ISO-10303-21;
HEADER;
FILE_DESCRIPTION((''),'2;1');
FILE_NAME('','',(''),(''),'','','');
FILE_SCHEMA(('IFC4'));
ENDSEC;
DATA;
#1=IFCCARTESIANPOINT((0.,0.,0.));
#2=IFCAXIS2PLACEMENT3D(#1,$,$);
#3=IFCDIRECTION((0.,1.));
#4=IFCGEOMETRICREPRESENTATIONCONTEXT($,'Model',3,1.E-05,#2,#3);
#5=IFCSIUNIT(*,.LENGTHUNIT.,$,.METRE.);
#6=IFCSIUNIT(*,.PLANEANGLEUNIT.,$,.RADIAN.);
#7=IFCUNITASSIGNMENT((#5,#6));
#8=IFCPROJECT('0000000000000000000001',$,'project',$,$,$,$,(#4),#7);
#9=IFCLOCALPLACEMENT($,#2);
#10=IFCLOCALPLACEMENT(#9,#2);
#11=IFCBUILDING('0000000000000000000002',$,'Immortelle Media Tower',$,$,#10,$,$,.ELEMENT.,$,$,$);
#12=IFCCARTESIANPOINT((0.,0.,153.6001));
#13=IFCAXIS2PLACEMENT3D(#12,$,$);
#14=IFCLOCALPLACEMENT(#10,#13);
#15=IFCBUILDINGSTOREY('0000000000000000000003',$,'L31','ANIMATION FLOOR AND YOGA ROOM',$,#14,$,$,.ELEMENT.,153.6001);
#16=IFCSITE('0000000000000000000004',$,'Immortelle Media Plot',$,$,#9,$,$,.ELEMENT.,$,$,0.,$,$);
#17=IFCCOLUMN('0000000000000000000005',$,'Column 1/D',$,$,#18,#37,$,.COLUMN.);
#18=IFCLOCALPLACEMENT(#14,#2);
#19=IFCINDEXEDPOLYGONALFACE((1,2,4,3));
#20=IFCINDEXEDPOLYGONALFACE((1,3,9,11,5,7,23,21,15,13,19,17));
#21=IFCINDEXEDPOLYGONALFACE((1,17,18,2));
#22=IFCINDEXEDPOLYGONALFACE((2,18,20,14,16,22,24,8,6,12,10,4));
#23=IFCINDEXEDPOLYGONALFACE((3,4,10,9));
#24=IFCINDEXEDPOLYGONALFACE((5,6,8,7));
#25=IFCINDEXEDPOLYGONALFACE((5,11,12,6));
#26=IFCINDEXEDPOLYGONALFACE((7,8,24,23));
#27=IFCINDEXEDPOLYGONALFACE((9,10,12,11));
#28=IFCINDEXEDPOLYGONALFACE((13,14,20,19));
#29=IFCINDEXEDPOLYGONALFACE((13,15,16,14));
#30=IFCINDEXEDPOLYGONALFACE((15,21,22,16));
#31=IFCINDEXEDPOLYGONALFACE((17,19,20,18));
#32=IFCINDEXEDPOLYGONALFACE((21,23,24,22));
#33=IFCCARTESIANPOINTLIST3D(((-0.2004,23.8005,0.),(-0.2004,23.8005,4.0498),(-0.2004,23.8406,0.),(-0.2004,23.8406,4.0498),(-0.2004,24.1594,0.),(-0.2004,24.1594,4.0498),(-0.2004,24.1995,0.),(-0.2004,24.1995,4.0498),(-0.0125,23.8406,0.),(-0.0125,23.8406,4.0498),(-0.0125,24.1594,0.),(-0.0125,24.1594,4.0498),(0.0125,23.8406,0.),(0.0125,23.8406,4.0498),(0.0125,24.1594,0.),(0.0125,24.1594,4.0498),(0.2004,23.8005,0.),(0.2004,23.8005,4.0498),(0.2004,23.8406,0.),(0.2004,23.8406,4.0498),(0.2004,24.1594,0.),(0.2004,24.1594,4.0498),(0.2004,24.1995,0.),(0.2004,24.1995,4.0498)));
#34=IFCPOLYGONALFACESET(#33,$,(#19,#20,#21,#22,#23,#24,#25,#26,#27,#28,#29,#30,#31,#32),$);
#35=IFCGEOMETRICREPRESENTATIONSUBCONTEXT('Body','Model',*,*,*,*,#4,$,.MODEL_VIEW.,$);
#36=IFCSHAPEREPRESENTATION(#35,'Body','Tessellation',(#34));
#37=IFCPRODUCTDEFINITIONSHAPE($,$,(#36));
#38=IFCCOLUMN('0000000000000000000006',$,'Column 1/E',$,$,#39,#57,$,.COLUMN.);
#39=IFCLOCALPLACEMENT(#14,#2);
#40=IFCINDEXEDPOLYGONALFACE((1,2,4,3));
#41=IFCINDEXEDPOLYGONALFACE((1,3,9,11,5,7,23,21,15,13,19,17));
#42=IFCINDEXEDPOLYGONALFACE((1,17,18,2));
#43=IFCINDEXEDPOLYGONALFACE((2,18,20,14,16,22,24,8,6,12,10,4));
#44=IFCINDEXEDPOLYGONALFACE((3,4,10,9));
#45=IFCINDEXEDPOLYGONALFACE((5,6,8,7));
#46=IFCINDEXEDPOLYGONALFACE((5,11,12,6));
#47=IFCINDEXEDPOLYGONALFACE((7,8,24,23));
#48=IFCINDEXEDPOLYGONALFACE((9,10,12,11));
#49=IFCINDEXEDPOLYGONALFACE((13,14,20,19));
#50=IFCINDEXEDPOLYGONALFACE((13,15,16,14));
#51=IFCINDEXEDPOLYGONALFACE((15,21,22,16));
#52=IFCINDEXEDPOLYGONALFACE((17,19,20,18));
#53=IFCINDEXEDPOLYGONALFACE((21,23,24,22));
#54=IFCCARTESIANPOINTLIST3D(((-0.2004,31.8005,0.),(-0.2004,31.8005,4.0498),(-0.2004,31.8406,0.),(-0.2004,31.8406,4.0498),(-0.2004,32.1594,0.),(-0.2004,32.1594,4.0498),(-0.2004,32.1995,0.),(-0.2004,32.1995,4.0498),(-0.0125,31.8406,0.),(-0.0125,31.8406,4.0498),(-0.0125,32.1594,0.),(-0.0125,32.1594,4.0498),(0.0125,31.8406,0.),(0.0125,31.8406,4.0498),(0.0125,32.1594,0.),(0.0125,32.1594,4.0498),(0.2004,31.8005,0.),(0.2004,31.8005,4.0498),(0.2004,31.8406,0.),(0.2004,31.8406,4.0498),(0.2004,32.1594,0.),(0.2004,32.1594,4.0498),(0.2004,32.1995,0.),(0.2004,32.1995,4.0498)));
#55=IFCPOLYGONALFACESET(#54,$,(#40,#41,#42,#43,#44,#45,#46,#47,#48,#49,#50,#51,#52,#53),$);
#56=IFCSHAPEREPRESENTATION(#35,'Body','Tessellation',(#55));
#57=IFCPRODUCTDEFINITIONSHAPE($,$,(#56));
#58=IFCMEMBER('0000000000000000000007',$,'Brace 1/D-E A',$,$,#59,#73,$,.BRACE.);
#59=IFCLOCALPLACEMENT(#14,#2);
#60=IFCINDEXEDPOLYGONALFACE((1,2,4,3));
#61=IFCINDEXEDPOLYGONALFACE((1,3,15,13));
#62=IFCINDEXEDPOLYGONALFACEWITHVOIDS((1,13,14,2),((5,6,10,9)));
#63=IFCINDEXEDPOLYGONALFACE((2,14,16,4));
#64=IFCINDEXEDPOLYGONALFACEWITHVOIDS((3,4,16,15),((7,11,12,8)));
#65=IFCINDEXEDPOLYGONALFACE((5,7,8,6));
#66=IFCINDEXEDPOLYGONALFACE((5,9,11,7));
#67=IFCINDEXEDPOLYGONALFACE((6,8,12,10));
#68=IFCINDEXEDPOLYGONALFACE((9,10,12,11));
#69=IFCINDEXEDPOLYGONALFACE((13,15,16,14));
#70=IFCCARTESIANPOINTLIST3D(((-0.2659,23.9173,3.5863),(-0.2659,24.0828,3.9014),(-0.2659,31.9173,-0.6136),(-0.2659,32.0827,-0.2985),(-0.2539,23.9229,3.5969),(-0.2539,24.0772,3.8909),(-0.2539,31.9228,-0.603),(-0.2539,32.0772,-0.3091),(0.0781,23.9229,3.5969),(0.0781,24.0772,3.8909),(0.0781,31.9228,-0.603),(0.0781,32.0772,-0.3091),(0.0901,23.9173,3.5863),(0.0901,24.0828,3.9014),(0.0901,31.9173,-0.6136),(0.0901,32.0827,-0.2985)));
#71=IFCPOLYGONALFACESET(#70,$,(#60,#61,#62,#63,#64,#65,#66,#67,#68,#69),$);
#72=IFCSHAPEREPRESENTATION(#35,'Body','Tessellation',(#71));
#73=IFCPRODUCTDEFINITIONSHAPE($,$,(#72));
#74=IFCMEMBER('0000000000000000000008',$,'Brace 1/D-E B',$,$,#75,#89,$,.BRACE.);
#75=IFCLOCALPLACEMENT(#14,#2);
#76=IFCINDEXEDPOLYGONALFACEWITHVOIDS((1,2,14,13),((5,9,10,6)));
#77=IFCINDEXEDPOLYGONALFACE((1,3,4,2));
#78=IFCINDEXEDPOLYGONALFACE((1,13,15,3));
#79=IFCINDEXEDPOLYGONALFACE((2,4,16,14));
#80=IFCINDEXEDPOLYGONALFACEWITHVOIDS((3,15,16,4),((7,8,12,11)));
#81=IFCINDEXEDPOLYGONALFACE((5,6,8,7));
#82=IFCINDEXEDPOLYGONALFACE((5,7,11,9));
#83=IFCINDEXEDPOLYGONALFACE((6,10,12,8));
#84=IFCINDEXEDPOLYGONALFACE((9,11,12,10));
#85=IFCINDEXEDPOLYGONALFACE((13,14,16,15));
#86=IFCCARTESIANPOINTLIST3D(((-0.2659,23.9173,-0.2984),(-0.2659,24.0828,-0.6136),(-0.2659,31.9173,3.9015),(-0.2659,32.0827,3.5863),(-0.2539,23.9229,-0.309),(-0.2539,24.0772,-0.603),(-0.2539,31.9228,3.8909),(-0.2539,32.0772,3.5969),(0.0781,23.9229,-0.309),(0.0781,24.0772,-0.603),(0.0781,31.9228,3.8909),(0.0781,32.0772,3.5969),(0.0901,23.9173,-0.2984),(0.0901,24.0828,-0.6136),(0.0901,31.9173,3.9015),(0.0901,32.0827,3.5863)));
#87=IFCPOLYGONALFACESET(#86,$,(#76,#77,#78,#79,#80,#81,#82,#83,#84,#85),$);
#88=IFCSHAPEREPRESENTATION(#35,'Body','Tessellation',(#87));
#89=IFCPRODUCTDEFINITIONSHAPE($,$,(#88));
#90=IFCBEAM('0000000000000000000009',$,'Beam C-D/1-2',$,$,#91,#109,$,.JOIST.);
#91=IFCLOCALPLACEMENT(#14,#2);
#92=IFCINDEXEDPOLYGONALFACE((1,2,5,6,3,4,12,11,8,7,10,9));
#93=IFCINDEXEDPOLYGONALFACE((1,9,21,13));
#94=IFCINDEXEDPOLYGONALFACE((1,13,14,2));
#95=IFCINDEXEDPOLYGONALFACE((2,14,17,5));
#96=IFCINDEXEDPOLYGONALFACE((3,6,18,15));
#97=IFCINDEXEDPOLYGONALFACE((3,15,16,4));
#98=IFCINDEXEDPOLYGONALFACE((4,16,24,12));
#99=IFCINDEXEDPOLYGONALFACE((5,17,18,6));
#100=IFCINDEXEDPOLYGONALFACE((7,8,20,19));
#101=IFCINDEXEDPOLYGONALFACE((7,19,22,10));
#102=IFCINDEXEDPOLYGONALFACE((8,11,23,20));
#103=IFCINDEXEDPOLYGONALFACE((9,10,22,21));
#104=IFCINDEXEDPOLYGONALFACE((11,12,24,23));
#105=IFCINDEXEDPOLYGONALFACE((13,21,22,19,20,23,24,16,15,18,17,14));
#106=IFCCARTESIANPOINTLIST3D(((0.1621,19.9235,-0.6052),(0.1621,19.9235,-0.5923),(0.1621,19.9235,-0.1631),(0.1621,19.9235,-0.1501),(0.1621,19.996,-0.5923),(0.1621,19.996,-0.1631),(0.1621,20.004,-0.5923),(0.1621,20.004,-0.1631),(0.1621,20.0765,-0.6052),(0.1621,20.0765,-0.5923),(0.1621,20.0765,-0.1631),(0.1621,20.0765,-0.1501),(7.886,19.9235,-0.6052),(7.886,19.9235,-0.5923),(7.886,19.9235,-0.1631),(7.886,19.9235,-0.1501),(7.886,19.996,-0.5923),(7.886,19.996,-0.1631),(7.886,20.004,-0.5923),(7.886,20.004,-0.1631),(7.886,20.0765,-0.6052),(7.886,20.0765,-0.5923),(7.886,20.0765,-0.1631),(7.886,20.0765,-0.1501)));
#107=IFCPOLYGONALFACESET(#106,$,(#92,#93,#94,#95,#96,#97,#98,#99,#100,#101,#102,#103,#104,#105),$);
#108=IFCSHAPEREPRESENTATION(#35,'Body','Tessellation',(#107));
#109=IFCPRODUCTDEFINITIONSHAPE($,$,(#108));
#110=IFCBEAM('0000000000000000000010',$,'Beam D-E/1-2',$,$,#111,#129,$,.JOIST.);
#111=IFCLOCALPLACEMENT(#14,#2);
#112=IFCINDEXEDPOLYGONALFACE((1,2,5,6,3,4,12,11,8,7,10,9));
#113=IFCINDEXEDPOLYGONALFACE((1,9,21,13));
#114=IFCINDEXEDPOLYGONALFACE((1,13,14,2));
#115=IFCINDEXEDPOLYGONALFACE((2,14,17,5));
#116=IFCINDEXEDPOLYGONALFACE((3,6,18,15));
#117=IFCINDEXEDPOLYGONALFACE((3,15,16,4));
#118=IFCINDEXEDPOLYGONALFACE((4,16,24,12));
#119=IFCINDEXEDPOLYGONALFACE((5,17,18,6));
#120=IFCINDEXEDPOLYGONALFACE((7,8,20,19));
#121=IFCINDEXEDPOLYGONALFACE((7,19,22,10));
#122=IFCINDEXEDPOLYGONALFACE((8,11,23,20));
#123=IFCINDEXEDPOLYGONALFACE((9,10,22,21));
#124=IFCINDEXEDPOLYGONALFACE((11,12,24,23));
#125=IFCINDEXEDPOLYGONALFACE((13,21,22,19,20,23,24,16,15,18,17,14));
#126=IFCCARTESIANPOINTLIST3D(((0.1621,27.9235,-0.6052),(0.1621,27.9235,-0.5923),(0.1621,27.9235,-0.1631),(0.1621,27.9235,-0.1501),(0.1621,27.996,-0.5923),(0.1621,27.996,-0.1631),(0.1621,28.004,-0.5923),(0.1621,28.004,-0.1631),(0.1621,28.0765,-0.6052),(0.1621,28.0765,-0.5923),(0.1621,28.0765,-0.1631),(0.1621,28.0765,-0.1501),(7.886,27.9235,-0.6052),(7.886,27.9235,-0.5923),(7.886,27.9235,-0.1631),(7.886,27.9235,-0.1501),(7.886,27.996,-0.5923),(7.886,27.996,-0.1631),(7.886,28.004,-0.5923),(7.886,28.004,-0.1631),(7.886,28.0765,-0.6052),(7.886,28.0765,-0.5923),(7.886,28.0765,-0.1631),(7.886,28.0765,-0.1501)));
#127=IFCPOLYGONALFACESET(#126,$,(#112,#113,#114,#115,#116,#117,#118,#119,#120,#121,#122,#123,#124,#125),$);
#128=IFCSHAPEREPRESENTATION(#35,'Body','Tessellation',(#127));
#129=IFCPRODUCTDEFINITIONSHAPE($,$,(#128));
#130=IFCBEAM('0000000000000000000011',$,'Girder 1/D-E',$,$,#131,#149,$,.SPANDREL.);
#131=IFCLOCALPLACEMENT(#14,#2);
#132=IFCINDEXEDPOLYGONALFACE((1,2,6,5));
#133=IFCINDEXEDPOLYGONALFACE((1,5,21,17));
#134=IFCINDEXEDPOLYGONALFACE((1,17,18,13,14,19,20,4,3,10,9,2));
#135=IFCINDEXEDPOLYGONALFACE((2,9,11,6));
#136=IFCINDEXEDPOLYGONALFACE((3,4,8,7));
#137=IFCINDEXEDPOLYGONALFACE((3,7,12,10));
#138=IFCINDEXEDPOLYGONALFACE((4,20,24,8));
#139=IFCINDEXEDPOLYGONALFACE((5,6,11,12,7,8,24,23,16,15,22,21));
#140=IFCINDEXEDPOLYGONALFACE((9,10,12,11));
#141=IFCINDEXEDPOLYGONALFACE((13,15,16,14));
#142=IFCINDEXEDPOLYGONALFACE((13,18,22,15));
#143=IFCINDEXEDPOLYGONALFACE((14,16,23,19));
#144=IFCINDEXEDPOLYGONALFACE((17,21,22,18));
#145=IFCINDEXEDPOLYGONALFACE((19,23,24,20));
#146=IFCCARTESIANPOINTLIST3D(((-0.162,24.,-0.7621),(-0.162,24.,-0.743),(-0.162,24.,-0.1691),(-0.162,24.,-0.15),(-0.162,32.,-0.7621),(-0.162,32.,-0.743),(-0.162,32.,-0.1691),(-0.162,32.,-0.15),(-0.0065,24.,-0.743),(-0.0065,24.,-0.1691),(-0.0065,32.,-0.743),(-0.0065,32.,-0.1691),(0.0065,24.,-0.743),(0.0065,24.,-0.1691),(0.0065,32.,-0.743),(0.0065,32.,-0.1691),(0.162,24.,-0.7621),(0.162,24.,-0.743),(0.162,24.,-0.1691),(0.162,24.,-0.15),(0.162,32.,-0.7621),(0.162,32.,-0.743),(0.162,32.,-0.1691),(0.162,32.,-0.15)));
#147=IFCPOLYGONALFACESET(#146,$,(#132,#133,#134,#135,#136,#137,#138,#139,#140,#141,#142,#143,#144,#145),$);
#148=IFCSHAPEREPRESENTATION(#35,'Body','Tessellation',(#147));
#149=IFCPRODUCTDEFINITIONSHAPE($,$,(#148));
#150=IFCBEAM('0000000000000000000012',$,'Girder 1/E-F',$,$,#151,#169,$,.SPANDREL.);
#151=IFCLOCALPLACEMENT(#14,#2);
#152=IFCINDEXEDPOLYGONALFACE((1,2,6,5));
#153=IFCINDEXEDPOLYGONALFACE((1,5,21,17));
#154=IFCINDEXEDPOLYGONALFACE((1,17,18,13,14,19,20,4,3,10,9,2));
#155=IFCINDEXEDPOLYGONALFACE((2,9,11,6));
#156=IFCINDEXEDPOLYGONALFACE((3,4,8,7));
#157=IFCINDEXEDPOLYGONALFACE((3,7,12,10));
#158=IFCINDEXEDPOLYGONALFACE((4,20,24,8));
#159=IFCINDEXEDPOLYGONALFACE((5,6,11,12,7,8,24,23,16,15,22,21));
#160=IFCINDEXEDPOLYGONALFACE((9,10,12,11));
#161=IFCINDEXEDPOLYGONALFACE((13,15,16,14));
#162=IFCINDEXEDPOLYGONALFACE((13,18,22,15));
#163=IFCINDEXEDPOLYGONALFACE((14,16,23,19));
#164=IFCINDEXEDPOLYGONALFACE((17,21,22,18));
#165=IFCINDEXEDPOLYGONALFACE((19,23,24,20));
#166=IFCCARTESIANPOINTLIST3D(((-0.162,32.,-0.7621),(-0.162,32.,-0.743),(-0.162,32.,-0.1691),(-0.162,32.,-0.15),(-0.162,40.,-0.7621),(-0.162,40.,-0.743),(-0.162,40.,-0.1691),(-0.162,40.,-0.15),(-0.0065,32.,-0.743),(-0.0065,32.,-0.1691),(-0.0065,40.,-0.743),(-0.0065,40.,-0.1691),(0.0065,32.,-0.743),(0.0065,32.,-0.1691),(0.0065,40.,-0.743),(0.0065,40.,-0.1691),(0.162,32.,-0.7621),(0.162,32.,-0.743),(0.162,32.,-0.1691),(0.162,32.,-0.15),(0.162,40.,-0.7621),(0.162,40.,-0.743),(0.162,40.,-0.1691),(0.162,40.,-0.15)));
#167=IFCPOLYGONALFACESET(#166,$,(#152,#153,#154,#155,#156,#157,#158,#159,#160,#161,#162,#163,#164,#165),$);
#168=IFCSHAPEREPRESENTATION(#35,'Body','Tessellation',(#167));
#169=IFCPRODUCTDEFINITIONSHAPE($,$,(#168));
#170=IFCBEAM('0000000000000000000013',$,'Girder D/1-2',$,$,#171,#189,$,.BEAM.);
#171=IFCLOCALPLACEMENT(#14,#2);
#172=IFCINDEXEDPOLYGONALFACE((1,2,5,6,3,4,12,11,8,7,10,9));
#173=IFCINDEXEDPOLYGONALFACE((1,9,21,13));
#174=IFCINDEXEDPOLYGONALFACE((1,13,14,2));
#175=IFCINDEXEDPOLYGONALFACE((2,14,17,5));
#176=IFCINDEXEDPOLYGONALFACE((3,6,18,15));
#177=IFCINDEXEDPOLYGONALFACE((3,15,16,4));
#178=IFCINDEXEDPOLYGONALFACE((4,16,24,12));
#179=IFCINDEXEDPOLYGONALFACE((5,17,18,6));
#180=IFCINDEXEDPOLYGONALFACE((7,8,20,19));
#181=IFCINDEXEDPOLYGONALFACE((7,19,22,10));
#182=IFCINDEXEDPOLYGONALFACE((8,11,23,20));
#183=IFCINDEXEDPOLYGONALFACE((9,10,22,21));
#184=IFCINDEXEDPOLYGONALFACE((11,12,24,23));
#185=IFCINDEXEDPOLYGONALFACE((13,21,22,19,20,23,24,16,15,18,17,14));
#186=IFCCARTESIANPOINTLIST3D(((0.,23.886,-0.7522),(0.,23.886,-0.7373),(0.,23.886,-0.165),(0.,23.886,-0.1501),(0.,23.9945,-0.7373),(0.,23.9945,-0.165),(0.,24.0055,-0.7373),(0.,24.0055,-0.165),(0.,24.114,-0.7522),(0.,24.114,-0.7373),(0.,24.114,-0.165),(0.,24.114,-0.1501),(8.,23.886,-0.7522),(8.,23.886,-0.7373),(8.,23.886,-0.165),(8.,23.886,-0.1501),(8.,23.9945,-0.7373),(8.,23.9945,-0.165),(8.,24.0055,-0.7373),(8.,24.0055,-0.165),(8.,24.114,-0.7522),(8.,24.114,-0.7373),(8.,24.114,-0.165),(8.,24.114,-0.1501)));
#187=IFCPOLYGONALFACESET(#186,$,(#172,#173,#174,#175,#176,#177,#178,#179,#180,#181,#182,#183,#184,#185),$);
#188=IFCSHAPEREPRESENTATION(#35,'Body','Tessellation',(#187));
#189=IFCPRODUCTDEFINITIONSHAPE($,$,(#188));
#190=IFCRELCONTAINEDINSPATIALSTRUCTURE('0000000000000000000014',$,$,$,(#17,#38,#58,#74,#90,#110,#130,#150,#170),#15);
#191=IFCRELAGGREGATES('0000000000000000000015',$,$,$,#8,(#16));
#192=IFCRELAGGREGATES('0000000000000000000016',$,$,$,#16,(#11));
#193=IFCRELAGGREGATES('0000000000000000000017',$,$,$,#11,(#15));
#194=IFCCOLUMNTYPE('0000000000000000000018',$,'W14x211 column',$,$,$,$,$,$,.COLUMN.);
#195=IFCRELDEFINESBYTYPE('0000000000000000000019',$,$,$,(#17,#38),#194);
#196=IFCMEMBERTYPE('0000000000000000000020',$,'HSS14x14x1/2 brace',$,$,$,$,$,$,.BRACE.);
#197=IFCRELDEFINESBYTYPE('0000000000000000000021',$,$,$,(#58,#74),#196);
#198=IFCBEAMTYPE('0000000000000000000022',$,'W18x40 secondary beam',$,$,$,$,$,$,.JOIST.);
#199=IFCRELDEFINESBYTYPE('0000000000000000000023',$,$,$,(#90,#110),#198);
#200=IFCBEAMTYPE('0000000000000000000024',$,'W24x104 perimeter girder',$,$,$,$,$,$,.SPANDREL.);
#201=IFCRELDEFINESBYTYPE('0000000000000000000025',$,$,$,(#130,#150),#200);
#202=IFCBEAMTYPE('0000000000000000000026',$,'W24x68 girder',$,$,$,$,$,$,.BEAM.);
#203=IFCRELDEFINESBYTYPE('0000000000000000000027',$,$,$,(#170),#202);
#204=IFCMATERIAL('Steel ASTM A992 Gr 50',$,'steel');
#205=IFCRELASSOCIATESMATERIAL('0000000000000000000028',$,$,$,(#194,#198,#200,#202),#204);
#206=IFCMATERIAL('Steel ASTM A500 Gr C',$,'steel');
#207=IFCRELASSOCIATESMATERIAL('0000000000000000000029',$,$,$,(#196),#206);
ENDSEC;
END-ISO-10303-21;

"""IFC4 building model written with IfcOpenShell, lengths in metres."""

from ifc_helpers import new_model, si_unit, direction, frame, origin, origin_2d, place, context, subcontext, project, spatial, hollow_rectangle, i_section, extrude, material, material_profile, profile_set, type_object, element, save


model = new_model("IFC4")

# Units and contexts
model_context = context("Model", 3, precision=1e-05, world=origin(), true_north=direction((0.0, 1.0)))
body_context = subcontext(model_context, "Body", "Model", "MODEL_VIEW")
ifc_project = project(units=[si_unit("LENGTHUNIT", "METRE"), si_unit("PLANEANGLEUNIT", "RADIAN")], contexts=[model_context])

# Site, building, storey
site_placement = place(None, origin())
site = spatial("IfcSite", under=ifc_project, at=site_placement, Name="Immortelle Media Plot", CompositionType="ELEMENT", RefElevation=0.0)
building_placement = place(site_placement, origin())
building = spatial("IfcBuilding", under=site, at=building_placement, Name="Immortelle Media Tower", CompositionType="ELEMENT")
storey_placement = place(building_placement, frame((0.0, 0.0, 153.6001)))
storey = spatial("IfcBuildingStorey", under=building, at=storey_placement, Name="L31", Description="ANIMATION FLOOR AND YOGA ROOM", CompositionType="ELEMENT", Elevation=153.6001)

# Columns
ifc_material_1 = material(Name="Steel ASTM A992 Gr 50", Category="steel")
ifc_material_profile_1 = material_profile(ifc_material_1, i_section(OverallWidth=0.4009, OverallDepth=0.3989, WebThickness=0.0249, FlangeThickness=0.04, at=origin_2d()), Name="W14x211")
ifc_profile_set_1 = profile_set([ifc_material_profile_1], Name="Steel ASTM A992 Gr 50")
column_type = type_object("IfcColumnType", Name="W14x211 column", PredefinedType="COLUMN", material=ifc_profile_set_1)
for number, where, z_axis, x_axis, name in (
    (1, (0.0, 24.0, 0.0), (0.0, 0.0, 1.0), (1.0, 0.0, 0.0), "Column 1/D"),
    (2, (0.0, 32.0, 0.0), (0.0, 0.0, 1.0), (1.0, 0.0, 0.0), "Column 1/E"),
):
    element("IfcColumn", number, at=place(storey_placement, frame(where, z_axis=z_axis, x_axis=x_axis)), inside=storey, type_object=column_type, Name=name, PredefinedType="COLUMN", context=body_context, shape_type="SweptSolid", body=[
        extrude(i_section(OverallWidth=0.4009, OverallDepth=0.3989, WebThickness=0.0249, FlangeThickness=0.04, at=origin_2d()), origin(), (0.0, 0.0, 1.0), 4.0498),
    ])

# Members
ifc_material_2 = material(Name="Steel ASTM A500 Gr C", Category="steel")
ifc_material_profile_2 = material_profile(ifc_material_2, hollow_rectangle(XDim=0.356, YDim=0.356, WallThickness=0.012, at=origin_2d()), Name="HSS14x14x1/2 brace")
ifc_profile_set_2 = profile_set([ifc_material_profile_2], Name="Steel ASTM A500 Gr C")
member_type = type_object("IfcMemberType", Name="HSS14x14x1/2 brace", PredefinedType="BRACE", material=ifc_profile_set_2)
for number, where, z_axis, x_axis, name in (
    (3, (-0.0879, 32.0, -0.4561), (0.0, -0.8854, 0.46483), (1.0, 0.0, 0.0), "Brace 1/D-E A"),
    (4, (-0.0879, 32.0, 3.7439), (0.0, -0.8854, -0.46483), (1.0, 0.0, 0.0), "Brace 1/D-E B"),
):
    element("IfcMember", number, at=place(storey_placement, frame(where, z_axis=z_axis, x_axis=x_axis)), inside=storey, type_object=member_type, Name=name, PredefinedType="BRACE", context=body_context, shape_type="SweptSolid", body=[
        extrude(hollow_rectangle(XDim=0.356, YDim=0.356, WallThickness=0.012, at=origin_2d()), origin(), (0.0, 0.0, 1.0), 9.0354),
    ])

# Beams
ifc_material_profile_3 = material_profile(ifc_material_1, i_section(OverallWidth=0.1531, OverallDepth=0.4551, WebThickness=0.0081, FlangeThickness=0.0129, at=origin_2d()), Name="W18x40")
ifc_profile_set_3 = profile_set([ifc_material_profile_3], Name="Steel ASTM A992 Gr 50")
beam_type_1 = type_object("IfcBeamType", Name="W18x40 secondary beam", PredefinedType="JOIST", material=ifc_profile_set_3)
for number, where, z_axis, x_axis, name in (
    (5, (0.1621, 20.0, -0.3777), (1.0, 0.0, 0.0), (0.0, 1.0, 0.0), "Beam C-D/1-2"),
    (6, (0.1621, 28.0, -0.3777), (1.0, 0.0, 0.0), (0.0, 1.0, 0.0), "Beam D-E/1-2"),
):
    element("IfcBeam", number, at=place(storey_placement, frame(where, z_axis=z_axis, x_axis=x_axis)), inside=storey, type_object=beam_type_1, Name=name, PredefinedType="JOIST", context=body_context, shape_type="SweptSolid", body=[
        extrude(i_section(OverallWidth=0.1531, OverallDepth=0.4551, WebThickness=0.0081, FlangeThickness=0.0129, at=origin_2d()), origin(), (0.0, 0.0, 1.0), 7.7239),
    ])
ifc_material_profile_4 = material_profile(ifc_material_1, i_section(OverallWidth=0.324, OverallDepth=0.6121, WebThickness=0.0129, FlangeThickness=0.019, at=origin_2d()), Name="W24x104")
ifc_profile_set_4 = profile_set([ifc_material_profile_4], Name="Steel ASTM A992 Gr 50")
beam_type_2 = type_object("IfcBeamType", Name="W24x104 perimeter girder", PredefinedType="SPANDREL", material=ifc_profile_set_4)
for number, where, z_axis, x_axis, name in (
    (7, (0.0, 24.0, -0.4561), (0.0, 1.0, 0.0), (-1.0, 0.0, 0.0), "Girder 1/D-E"),
    (8, (0.0, 32.0, -0.4561), (0.0, 1.0, 0.0), (-1.0, 0.0, 0.0), "Girder 1/E-F"),
):
    element("IfcBeam", number, at=place(storey_placement, frame(where, z_axis=z_axis, x_axis=x_axis)), inside=storey, type_object=beam_type_2, Name=name, PredefinedType="SPANDREL", context=body_context, shape_type="SweptSolid", body=[
        extrude(i_section(OverallWidth=0.324, OverallDepth=0.6121, WebThickness=0.0129, FlangeThickness=0.019, at=origin_2d()), origin(), (0.0, 0.0, 1.0), 8.0),
    ])
ifc_material_profile_5 = material_profile(ifc_material_1, i_section(OverallWidth=0.228, OverallDepth=0.6021, WebThickness=0.011, FlangeThickness=0.0149, at=origin_2d()), Name="W24x68")
ifc_profile_set_5 = profile_set([ifc_material_profile_5], Name="Steel ASTM A992 Gr 50")
beam_type_3 = type_object("IfcBeamType", Name="W24x68 girder", PredefinedType="BEAM", material=ifc_profile_set_5)
for number, where, z_axis, x_axis, name in (
    (9, (0.0, 24.0, -0.4512), (1.0, 0.0, 0.0), (0.0, 1.0, 0.0), "Girder D/1-2"),
):
    element("IfcBeam", number, at=place(storey_placement, frame(where, z_axis=z_axis, x_axis=x_axis)), inside=storey, type_object=beam_type_3, Name=name, PredefinedType="BEAM", context=body_context, shape_type="SweptSolid", body=[
        extrude(i_section(OverallWidth=0.228, OverallDepth=0.6021, WebThickness=0.011, FlangeThickness=0.0149, at=origin_2d()), origin(), (0.0, 0.0, 1.0), 8.0),
    ])

save(model, "model.ifc")
